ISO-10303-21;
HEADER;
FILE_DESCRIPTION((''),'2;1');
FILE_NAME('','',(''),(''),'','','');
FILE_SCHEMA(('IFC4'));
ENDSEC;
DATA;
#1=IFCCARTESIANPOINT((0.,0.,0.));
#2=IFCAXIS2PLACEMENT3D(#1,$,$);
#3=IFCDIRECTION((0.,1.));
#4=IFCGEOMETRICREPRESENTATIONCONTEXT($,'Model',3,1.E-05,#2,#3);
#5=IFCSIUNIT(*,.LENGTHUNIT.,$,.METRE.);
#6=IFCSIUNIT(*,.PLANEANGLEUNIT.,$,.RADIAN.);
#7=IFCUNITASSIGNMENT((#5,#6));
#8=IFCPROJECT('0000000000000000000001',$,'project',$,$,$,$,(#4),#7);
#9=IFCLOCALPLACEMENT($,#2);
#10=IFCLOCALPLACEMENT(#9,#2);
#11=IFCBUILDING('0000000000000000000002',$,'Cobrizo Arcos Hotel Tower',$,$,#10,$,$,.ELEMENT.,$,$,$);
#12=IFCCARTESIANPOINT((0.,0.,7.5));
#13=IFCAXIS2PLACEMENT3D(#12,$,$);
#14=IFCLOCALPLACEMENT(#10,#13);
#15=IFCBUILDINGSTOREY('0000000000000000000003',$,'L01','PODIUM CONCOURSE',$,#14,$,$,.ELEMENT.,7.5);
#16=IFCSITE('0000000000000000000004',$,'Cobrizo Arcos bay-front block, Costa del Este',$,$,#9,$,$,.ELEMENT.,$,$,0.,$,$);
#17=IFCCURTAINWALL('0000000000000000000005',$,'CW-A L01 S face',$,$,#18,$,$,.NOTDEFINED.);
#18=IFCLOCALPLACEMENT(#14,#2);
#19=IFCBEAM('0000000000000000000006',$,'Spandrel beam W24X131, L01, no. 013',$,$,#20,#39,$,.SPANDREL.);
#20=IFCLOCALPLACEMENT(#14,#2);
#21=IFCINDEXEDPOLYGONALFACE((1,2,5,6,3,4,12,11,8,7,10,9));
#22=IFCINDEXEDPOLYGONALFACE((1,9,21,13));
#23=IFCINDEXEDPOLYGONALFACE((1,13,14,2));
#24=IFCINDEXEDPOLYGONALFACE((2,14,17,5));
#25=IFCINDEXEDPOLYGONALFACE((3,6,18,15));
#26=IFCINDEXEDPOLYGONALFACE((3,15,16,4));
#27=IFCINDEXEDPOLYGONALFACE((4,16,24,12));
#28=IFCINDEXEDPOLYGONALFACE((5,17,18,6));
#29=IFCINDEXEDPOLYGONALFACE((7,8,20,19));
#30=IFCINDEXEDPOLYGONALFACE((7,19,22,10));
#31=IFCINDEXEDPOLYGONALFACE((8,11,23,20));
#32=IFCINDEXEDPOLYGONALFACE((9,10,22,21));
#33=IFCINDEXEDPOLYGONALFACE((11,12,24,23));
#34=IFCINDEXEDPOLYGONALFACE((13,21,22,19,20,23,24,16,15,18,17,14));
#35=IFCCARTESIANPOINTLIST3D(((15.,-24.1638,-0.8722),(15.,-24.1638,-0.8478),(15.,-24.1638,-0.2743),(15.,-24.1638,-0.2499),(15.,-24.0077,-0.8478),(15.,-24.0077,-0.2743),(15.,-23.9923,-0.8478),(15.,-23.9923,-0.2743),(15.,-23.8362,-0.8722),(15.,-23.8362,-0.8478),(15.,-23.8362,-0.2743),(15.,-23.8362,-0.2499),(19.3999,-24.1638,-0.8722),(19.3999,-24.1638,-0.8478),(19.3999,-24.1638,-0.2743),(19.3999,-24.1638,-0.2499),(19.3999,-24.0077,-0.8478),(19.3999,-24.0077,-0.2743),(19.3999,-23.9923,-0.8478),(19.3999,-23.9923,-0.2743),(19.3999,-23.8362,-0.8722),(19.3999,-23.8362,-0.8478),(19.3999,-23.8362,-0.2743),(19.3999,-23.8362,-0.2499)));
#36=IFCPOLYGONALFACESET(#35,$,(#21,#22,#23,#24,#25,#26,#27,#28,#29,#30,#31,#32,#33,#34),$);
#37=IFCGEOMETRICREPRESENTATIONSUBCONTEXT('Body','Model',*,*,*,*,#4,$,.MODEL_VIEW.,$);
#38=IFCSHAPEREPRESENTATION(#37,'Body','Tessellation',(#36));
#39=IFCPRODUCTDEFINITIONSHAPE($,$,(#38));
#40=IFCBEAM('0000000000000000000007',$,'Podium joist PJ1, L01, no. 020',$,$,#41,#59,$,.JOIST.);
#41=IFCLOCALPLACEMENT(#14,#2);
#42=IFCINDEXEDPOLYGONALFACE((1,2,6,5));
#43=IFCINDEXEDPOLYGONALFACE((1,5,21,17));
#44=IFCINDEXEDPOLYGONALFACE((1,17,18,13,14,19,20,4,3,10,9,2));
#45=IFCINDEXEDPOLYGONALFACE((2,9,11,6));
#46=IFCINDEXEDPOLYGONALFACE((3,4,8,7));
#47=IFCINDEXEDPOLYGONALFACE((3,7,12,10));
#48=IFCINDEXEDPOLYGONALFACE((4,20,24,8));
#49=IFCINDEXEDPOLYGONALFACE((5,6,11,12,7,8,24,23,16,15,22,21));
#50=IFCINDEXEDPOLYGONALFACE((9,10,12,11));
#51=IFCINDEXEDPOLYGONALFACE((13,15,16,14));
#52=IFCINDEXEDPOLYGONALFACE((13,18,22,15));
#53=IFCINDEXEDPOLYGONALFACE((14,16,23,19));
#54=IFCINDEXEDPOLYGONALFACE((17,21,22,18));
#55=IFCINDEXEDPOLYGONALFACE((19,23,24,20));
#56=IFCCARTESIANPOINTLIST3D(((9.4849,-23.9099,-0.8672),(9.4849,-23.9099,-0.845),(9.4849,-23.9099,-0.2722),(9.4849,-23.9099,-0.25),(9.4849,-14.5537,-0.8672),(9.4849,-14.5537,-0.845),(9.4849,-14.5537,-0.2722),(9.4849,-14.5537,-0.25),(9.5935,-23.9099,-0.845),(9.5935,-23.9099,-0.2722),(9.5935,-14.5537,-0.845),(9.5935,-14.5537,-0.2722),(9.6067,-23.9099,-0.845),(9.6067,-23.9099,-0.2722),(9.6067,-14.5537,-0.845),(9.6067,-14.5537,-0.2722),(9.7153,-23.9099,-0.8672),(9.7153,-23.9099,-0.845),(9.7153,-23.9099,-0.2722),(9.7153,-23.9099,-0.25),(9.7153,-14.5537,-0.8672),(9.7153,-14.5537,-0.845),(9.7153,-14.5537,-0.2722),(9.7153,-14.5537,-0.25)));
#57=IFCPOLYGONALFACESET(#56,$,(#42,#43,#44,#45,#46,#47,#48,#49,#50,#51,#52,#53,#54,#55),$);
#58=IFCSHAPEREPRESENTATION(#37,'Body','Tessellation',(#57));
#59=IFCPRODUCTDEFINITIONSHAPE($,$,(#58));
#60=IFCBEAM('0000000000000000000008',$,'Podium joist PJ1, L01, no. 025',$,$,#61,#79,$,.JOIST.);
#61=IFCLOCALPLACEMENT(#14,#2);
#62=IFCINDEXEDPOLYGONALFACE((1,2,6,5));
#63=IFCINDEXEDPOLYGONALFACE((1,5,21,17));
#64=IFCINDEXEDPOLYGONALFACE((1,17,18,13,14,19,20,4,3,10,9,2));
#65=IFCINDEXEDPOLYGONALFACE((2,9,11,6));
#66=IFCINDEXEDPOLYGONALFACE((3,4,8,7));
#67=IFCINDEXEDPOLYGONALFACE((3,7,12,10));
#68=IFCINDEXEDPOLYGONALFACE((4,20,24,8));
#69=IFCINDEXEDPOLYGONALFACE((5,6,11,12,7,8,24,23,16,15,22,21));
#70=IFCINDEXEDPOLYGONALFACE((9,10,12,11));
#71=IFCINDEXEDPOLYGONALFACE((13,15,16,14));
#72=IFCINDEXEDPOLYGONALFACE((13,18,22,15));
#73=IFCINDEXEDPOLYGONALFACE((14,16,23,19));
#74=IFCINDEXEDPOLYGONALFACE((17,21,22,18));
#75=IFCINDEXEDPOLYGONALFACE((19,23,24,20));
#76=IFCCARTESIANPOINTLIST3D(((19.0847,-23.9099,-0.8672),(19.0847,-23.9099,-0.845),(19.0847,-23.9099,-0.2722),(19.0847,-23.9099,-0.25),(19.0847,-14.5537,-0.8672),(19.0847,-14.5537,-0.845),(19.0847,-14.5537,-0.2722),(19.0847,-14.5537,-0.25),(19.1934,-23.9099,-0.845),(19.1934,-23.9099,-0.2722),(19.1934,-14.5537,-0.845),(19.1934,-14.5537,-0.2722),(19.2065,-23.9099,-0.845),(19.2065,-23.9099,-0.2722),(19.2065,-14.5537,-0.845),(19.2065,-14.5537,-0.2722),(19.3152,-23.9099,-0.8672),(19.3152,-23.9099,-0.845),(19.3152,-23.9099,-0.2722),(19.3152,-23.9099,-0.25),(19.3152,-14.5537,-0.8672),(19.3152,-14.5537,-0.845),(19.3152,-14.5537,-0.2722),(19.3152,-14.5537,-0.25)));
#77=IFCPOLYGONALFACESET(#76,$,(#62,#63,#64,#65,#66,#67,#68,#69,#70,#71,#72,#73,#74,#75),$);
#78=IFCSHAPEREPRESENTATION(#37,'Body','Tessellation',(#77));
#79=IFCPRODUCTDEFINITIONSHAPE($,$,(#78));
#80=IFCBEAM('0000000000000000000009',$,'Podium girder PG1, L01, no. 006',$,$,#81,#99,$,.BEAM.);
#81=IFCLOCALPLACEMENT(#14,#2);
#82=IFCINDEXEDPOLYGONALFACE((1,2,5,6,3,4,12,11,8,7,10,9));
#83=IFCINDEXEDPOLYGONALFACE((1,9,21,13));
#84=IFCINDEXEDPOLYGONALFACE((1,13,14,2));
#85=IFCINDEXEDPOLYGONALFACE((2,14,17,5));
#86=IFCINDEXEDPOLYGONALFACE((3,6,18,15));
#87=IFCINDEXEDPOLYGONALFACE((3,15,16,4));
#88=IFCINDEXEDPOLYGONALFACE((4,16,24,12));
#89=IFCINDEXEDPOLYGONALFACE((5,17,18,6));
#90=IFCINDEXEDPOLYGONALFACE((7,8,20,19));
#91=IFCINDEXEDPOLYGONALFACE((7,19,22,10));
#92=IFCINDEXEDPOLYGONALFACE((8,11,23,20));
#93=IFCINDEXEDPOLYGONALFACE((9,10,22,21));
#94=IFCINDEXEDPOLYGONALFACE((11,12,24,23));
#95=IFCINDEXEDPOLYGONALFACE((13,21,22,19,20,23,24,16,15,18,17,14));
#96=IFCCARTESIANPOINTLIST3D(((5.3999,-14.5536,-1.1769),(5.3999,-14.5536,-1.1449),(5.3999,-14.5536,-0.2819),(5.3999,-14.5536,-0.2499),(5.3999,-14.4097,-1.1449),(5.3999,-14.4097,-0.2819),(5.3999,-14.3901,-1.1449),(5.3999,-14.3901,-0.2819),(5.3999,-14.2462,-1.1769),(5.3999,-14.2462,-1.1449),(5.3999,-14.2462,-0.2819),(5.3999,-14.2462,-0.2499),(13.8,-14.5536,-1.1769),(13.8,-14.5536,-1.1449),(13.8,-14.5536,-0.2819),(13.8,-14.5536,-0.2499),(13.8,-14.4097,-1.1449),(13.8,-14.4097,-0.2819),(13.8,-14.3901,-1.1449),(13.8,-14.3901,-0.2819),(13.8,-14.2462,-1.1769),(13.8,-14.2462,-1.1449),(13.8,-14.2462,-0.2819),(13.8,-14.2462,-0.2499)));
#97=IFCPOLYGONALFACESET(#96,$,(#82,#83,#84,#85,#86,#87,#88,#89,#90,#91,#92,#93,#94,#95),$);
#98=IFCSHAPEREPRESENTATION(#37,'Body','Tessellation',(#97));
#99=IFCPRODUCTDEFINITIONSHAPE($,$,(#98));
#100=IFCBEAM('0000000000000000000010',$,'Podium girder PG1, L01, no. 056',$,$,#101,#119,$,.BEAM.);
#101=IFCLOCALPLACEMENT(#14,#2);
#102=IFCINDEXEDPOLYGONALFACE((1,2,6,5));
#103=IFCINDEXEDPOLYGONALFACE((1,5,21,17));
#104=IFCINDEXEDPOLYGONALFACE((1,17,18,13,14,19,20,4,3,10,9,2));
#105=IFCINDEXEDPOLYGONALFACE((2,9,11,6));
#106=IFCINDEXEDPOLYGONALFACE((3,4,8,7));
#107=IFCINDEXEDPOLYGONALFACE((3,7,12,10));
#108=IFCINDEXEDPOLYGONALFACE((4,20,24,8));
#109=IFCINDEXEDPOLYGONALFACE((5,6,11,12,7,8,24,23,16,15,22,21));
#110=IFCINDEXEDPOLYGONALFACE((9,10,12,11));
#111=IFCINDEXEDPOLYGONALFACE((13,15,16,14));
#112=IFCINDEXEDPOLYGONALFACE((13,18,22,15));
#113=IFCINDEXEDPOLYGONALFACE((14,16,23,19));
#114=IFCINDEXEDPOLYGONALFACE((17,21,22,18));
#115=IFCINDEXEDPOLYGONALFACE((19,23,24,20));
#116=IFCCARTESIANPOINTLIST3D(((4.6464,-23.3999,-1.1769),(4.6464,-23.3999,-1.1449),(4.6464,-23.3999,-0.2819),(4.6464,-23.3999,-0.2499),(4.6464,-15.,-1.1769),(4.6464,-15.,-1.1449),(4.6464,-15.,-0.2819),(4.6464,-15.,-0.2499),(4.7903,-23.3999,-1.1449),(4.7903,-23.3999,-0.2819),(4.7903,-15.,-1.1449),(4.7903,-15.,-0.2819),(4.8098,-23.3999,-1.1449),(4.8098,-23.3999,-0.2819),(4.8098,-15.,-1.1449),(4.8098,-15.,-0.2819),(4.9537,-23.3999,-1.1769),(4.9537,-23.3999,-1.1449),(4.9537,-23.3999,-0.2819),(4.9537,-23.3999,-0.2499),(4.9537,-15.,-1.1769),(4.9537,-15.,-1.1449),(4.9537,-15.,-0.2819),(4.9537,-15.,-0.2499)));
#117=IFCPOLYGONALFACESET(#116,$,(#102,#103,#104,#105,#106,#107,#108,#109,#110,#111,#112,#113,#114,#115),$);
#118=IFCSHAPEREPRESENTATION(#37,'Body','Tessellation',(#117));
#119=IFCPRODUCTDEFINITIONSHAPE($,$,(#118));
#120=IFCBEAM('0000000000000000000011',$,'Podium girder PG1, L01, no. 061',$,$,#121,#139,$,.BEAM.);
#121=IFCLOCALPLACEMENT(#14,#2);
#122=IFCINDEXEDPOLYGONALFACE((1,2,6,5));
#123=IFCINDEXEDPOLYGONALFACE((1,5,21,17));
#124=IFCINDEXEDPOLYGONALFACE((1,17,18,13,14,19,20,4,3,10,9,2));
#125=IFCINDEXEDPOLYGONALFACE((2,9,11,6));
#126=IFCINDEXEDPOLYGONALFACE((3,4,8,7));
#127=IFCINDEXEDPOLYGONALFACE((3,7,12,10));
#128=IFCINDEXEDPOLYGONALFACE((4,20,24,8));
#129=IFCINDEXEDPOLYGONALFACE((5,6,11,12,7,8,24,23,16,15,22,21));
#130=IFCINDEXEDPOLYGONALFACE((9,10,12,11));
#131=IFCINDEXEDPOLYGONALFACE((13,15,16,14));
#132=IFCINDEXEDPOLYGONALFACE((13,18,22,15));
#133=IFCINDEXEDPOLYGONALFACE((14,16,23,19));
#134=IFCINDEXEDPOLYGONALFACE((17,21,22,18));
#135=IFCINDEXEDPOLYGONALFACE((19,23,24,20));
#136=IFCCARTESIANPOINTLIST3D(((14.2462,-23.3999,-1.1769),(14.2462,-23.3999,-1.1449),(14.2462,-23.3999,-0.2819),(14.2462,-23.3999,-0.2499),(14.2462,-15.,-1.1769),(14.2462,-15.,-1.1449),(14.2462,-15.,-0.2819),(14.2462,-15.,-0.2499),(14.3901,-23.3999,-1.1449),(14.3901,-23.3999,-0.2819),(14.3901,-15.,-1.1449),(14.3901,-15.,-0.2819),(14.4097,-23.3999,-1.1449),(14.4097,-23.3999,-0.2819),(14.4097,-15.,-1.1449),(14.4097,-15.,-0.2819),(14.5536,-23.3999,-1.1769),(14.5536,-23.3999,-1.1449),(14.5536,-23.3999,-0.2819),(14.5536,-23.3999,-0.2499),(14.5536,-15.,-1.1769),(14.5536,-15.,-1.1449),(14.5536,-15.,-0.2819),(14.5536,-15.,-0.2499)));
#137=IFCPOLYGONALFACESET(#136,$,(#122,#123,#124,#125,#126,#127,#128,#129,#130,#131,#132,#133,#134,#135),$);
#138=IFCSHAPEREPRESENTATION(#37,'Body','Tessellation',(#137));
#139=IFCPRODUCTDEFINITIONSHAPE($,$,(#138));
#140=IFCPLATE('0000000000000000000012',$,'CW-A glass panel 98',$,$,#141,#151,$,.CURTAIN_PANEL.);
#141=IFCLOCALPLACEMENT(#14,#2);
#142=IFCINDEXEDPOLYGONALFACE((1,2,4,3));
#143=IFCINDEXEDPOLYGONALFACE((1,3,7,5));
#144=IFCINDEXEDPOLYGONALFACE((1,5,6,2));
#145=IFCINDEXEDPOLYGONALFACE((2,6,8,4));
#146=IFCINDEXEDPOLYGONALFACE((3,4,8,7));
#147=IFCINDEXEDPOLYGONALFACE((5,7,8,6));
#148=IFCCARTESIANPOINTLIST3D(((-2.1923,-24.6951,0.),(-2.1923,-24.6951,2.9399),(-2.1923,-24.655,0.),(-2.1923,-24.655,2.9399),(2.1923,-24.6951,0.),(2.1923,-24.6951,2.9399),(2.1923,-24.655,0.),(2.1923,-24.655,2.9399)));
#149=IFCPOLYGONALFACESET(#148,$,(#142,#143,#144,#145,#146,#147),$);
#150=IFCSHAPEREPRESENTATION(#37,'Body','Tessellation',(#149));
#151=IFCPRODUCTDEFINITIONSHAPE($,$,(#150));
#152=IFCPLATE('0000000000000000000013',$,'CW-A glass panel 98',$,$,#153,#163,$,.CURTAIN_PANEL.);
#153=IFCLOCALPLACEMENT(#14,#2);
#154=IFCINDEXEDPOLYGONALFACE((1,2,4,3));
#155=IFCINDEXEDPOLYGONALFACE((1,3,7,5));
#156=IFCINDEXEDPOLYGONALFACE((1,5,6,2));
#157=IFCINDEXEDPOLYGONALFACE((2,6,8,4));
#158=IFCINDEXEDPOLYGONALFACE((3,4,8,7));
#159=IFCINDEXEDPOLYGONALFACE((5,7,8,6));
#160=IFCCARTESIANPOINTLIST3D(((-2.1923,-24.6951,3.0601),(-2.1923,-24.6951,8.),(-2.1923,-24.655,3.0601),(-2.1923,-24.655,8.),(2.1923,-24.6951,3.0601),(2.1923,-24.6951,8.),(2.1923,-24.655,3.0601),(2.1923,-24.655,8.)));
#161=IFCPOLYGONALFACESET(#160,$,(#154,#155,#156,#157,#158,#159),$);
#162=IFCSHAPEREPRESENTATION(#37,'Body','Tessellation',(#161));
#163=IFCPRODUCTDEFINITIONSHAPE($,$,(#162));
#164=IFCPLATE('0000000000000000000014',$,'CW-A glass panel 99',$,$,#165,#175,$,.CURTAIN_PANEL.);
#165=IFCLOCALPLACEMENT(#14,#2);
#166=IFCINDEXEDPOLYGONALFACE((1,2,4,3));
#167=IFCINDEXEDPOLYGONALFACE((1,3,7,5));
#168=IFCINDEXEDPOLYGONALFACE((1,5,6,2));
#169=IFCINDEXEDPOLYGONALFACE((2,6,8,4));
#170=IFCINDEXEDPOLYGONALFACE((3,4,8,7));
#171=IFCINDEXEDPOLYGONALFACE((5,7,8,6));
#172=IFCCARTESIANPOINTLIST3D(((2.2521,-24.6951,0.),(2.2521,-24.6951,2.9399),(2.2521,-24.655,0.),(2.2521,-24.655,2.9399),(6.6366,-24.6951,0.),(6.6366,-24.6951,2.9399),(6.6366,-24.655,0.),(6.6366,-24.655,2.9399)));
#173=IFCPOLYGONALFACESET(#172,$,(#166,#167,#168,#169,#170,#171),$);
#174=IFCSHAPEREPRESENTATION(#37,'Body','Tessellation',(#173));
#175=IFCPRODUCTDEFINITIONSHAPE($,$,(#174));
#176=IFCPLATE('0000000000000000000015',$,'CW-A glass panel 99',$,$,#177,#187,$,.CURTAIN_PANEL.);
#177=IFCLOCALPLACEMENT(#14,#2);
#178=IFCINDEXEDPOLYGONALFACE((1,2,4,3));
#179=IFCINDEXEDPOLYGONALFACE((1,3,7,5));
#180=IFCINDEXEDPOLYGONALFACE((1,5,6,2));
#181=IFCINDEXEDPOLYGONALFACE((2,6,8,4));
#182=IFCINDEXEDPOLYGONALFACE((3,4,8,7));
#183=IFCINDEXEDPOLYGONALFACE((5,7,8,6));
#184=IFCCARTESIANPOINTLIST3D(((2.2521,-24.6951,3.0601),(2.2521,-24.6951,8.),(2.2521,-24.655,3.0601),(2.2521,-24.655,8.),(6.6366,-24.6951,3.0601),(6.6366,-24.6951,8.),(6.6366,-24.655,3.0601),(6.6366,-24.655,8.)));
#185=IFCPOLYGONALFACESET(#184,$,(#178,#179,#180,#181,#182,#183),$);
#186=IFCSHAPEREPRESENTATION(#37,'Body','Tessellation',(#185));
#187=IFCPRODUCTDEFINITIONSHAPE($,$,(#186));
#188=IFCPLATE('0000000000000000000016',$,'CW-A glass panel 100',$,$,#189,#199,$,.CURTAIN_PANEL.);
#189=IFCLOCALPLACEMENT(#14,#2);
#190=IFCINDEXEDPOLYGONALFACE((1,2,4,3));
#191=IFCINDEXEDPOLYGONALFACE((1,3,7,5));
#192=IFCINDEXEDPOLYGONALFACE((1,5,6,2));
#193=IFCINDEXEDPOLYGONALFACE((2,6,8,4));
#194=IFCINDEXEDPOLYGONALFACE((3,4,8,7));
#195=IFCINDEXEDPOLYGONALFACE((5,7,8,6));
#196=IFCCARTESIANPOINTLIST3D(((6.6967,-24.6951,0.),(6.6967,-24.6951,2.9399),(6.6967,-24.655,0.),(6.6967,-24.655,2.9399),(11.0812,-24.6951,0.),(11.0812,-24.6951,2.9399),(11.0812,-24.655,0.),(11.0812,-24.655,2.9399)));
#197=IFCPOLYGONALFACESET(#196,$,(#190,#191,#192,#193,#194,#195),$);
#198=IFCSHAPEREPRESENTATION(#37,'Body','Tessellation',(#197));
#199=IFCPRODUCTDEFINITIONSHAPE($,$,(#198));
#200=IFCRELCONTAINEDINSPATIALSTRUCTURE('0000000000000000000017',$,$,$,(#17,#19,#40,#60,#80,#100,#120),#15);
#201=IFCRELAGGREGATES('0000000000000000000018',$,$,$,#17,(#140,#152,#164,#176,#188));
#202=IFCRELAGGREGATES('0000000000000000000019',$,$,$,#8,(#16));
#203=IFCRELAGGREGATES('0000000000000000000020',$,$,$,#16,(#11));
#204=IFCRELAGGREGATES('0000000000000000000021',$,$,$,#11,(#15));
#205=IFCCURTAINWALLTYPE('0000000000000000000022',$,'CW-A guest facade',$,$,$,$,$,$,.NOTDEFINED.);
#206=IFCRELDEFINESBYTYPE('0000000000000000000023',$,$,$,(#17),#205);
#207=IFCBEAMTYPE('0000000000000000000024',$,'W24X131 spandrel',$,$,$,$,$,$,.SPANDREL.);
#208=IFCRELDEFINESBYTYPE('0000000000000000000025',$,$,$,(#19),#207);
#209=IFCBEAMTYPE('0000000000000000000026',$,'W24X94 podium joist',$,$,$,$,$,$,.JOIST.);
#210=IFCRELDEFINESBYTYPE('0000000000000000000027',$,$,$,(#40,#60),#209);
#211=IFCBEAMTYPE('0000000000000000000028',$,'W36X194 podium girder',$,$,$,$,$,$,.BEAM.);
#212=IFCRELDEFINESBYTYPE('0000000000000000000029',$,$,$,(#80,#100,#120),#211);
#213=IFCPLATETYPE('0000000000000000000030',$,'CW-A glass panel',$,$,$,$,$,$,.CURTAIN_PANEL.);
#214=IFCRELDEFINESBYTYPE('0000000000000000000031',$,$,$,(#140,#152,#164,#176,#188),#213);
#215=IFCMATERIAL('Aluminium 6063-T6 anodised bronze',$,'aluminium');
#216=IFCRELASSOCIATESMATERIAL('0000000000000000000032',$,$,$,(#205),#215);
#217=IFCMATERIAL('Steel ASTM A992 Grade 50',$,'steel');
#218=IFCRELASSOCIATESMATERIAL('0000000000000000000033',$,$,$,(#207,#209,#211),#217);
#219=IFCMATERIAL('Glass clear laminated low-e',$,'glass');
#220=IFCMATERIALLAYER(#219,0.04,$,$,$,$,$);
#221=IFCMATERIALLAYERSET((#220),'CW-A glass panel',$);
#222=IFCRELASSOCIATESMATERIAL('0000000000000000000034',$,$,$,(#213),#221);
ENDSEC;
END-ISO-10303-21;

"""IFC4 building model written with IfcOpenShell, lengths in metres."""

from ifc_helpers import new_model, si_unit, direction, frame, origin, origin_2d, place, context, subcontext, project, spatial, rectangle, i_section, extrude, material, layer, layer_set, material_profile, profile_set, type_object, element, aggregate, save


model = new_model("IFC4")

# Units and contexts
model_context = context("Model", 3, precision=1e-05, world=origin(), true_north=direction((0.0, 1.0)))
body_context = subcontext(model_context, "Body", "Model", "MODEL_VIEW")
ifc_project = project(units=[si_unit("LENGTHUNIT", "METRE"), si_unit("PLANEANGLEUNIT", "RADIAN")], contexts=[model_context])

# Site, building, storey
site_placement = place(None, origin())
site = spatial("IfcSite", under=ifc_project, at=site_placement, Name="Cobrizo Arcos bay-front block, Costa del Este", CompositionType="ELEMENT", RefElevation=0.0)
building_placement = place(site_placement, origin())
building = spatial("IfcBuilding", under=site, at=building_placement, Name="Cobrizo Arcos Hotel Tower", CompositionType="ELEMENT")
storey_placement = place(building_placement, frame((0.0, 0.0, 7.5)))
storey = spatial("IfcBuildingStorey", under=building, at=storey_placement, Name="L01", Description="PODIUM CONCOURSE", CompositionType="ELEMENT", Elevation=7.5)

# Curtain wall
ifc_material_1 = material(Name="Aluminium 6063-T6 anodised bronze", Category="aluminium")
curtain_wall_type = type_object("IfcCurtainWallType", Name="CW-A guest facade", PredefinedType="NOTDEFINED", material=ifc_material_1)
curtain_wall_placement = place(storey_placement, origin())
curtain_wall = element("IfcCurtainWall", 1, at=curtain_wall_placement, inside=storey, type_object=curtain_wall_type, Name="CW-A L01 S face", PredefinedType="NOTDEFINED")

# Beams
ifc_material_2 = material(Name="Steel ASTM A992 Grade 50", Category="steel")
ifc_material_profile_1 = material_profile(ifc_material_2, i_section(OverallWidth=0.3276, OverallDepth=0.6223, WebThickness=0.0154, FlangeThickness=0.0244, at=origin_2d()), Name="W24X131")
ifc_profile_set_1 = profile_set([ifc_material_profile_1], Name="Steel ASTM A992 Grade 50")
beam_type_1 = type_object("IfcBeamType", Name="W24X131 spandrel", PredefinedType="SPANDREL", material=ifc_profile_set_1)
beam_1_placement = place(storey_placement, frame((15.0, -24.0, -0.561), z_axis=(1.0, 0.0, 0.0), x_axis=(0.0, 1.0, 0.0)))
element("IfcBeam", 2, at=beam_1_placement, inside=storey, type_object=beam_type_1, Name="Spandrel beam W24X131, L01, no. 013", PredefinedType="SPANDREL", context=body_context, shape_type="SweptSolid", body=[
    extrude(i_section(OverallWidth=0.3276, OverallDepth=0.6223, WebThickness=0.0154, FlangeThickness=0.0244, at=origin_2d()), origin(), (0.0, 0.0, 1.0), 4.3999),
])
ifc_material_profile_2 = material_profile(ifc_material_2, i_section(OverallWidth=0.2305, OverallDepth=0.6172, WebThickness=0.0132, FlangeThickness=0.0222, at=origin_2d()), Name="W24X94")
ifc_profile_set_2 = profile_set([ifc_material_profile_2], Name="Steel ASTM A992 Grade 50")
beam_type_2 = type_object("IfcBeamType", Name="W24X94 podium joist", PredefinedType="JOIST", material=ifc_profile_set_2)
for number, where, z_axis, x_axis, name in (
    (3, (9.6001, -23.9099, -0.5586), (0.0, 1.0, 0.0), (-1.0, 0.0, 0.0), "Podium joist PJ1, L01, no. 020"),
    (4, (19.2, -23.9099, -0.5586), (0.0, 1.0, 0.0), (-1.0, 0.0, 0.0), "Podium joist PJ1, L01, no. 025"),
):
    element("IfcBeam", number, at=place(storey_placement, frame(where, z_axis=z_axis, x_axis=x_axis)), inside=storey, type_object=beam_type_2, Name=name, PredefinedType="JOIST", context=body_context, shape_type="SweptSolid", body=[
        extrude(i_section(OverallWidth=0.2305, OverallDepth=0.6172, WebThickness=0.0132, FlangeThickness=0.0222, at=origin_2d()), origin(), (0.0, 0.0, 1.0), 9.3562),
    ])
ifc_material_profile_3 = material_profile(ifc_material_2, i_section(OverallWidth=0.3074, OverallDepth=0.927, WebThickness=0.0195, FlangeThickness=0.032, at=origin_2d()), Name="W36X194")
ifc_profile_set_3 = profile_set([ifc_material_profile_3], Name="Steel ASTM A992 Grade 50")
beam_type_3 = type_object("IfcBeamType", Name="W36X194 podium girder", PredefinedType="BEAM", material=ifc_profile_set_3)
beam_2_placement = place(storey_placement, frame((5.3999, -14.3999, -0.7134), z_axis=(1.0, 0.0, 0.0), x_axis=(0.0, 1.0, 0.0)))
element("IfcBeam", 5, at=beam_2_placement, inside=storey, type_object=beam_type_3, Name="Podium girder PG1, L01, no. 006", PredefinedType="BEAM", context=body_context, shape_type="SweptSolid", body=[
    extrude(i_section(OverallWidth=0.3074, OverallDepth=0.927, WebThickness=0.0195, FlangeThickness=0.032, at=origin_2d()), origin(), (0.0, 0.0, 1.0), 8.4001),
])
for number, where, z_axis, x_axis, name in (
    (6, (4.8, -23.3999, -0.7134), (0.0, 1.0, 0.0), (-1.0, 0.0, 0.0), "Podium girder PG1, L01, no. 056"),
    (7, (14.3999, -23.3999, -0.7134), (0.0, 1.0, 0.0), (-1.0, 0.0, 0.0), "Podium girder PG1, L01, no. 061"),
):
    element("IfcBeam", number, at=place(storey_placement, frame(where, z_axis=z_axis, x_axis=x_axis)), inside=storey, type_object=beam_type_3, Name=name, PredefinedType="BEAM", context=body_context, shape_type="SweptSolid", body=[
        extrude(i_section(OverallWidth=0.3074, OverallDepth=0.927, WebThickness=0.0195, FlangeThickness=0.032, at=origin_2d()), origin(), (0.0, 0.0, 1.0), 8.3999),
    ])

# Plates
ifc_material_3 = material(Name="Glass clear laminated low-e", Category="glass")
ifc_layer_1 = layer(ifc_material_3, 0.04)
ifc_layer_set_1 = layer_set([ifc_layer_1], Name="CW-A glass panel")
plate_type = type_object("IfcPlateType", Name="CW-A glass panel", PredefinedType="CURTAIN_PANEL", material=ifc_layer_set_1)
plate_1_placement = place(storey_placement, frame((0.0, -24.675, 0.0), z_axis=(0.0, 0.0, 1.0), x_axis=(1.0, 0.0, 0.0)))
plate_1 = element("IfcPlate", 8, at=plate_1_placement, type_object=plate_type, Name="CW-A glass panel 98", PredefinedType="CURTAIN_PANEL", context=body_context, shape_type="SweptSolid", body=[
    extrude(rectangle(XDim=4.3845, YDim=0.04, at=origin_2d()), origin(), (0.0, 0.0, 1.0), 2.9399),
])
plate_2_placement = place(storey_placement, frame((0.0, -24.675, 3.0601), z_axis=(0.0, 0.0, 1.0), x_axis=(1.0, 0.0, 0.0)))
plate_2 = element("IfcPlate", 9, at=plate_2_placement, type_object=plate_type, Name="CW-A glass panel 98", PredefinedType="CURTAIN_PANEL", context=body_context, shape_type="SweptSolid", body=[
    extrude(rectangle(XDim=4.3845, YDim=0.04, at=origin_2d()), origin(), (0.0, 0.0, 1.0), 4.9399),
])
plate_3_placement = place(storey_placement, frame((4.4443, -24.675, 0.0), z_axis=(0.0, 0.0, 1.0), x_axis=(1.0, 0.0, 0.0)))
plate_3 = element("IfcPlate", 10, at=plate_3_placement, type_object=plate_type, Name="CW-A glass panel 99", PredefinedType="CURTAIN_PANEL", context=body_context, shape_type="SweptSolid", body=[
    extrude(rectangle(XDim=4.3845, YDim=0.04, at=origin_2d()), origin(), (0.0, 0.0, 1.0), 2.9399),
])
plate_4_placement = place(storey_placement, frame((4.4443, -24.675, 3.0601), z_axis=(0.0, 0.0, 1.0), x_axis=(1.0, 0.0, 0.0)))
plate_4 = element("IfcPlate", 11, at=plate_4_placement, type_object=plate_type, Name="CW-A glass panel 99", PredefinedType="CURTAIN_PANEL", context=body_context, shape_type="SweptSolid", body=[
    extrude(rectangle(XDim=4.3845, YDim=0.04, at=origin_2d()), origin(), (0.0, 0.0, 1.0), 4.9399),
])
plate_5_placement = place(storey_placement, frame((8.8889, -24.675, 0.0), z_axis=(0.0, 0.0, 1.0), x_axis=(1.0, 0.0, 0.0)))
plate_5 = element("IfcPlate", 12, at=plate_5_placement, type_object=plate_type, Name="CW-A glass panel 100", PredefinedType="CURTAIN_PANEL", context=body_context, shape_type="SweptSolid", body=[
    extrude(rectangle(XDim=4.3845, YDim=0.04, at=origin_2d()), origin(), (0.0, 0.0, 1.0), 2.9399),
])
aggregate(curtain_wall, [plate_1, plate_2, plate_3, plate_4, plate_5])

save(model, "model.ifc")
